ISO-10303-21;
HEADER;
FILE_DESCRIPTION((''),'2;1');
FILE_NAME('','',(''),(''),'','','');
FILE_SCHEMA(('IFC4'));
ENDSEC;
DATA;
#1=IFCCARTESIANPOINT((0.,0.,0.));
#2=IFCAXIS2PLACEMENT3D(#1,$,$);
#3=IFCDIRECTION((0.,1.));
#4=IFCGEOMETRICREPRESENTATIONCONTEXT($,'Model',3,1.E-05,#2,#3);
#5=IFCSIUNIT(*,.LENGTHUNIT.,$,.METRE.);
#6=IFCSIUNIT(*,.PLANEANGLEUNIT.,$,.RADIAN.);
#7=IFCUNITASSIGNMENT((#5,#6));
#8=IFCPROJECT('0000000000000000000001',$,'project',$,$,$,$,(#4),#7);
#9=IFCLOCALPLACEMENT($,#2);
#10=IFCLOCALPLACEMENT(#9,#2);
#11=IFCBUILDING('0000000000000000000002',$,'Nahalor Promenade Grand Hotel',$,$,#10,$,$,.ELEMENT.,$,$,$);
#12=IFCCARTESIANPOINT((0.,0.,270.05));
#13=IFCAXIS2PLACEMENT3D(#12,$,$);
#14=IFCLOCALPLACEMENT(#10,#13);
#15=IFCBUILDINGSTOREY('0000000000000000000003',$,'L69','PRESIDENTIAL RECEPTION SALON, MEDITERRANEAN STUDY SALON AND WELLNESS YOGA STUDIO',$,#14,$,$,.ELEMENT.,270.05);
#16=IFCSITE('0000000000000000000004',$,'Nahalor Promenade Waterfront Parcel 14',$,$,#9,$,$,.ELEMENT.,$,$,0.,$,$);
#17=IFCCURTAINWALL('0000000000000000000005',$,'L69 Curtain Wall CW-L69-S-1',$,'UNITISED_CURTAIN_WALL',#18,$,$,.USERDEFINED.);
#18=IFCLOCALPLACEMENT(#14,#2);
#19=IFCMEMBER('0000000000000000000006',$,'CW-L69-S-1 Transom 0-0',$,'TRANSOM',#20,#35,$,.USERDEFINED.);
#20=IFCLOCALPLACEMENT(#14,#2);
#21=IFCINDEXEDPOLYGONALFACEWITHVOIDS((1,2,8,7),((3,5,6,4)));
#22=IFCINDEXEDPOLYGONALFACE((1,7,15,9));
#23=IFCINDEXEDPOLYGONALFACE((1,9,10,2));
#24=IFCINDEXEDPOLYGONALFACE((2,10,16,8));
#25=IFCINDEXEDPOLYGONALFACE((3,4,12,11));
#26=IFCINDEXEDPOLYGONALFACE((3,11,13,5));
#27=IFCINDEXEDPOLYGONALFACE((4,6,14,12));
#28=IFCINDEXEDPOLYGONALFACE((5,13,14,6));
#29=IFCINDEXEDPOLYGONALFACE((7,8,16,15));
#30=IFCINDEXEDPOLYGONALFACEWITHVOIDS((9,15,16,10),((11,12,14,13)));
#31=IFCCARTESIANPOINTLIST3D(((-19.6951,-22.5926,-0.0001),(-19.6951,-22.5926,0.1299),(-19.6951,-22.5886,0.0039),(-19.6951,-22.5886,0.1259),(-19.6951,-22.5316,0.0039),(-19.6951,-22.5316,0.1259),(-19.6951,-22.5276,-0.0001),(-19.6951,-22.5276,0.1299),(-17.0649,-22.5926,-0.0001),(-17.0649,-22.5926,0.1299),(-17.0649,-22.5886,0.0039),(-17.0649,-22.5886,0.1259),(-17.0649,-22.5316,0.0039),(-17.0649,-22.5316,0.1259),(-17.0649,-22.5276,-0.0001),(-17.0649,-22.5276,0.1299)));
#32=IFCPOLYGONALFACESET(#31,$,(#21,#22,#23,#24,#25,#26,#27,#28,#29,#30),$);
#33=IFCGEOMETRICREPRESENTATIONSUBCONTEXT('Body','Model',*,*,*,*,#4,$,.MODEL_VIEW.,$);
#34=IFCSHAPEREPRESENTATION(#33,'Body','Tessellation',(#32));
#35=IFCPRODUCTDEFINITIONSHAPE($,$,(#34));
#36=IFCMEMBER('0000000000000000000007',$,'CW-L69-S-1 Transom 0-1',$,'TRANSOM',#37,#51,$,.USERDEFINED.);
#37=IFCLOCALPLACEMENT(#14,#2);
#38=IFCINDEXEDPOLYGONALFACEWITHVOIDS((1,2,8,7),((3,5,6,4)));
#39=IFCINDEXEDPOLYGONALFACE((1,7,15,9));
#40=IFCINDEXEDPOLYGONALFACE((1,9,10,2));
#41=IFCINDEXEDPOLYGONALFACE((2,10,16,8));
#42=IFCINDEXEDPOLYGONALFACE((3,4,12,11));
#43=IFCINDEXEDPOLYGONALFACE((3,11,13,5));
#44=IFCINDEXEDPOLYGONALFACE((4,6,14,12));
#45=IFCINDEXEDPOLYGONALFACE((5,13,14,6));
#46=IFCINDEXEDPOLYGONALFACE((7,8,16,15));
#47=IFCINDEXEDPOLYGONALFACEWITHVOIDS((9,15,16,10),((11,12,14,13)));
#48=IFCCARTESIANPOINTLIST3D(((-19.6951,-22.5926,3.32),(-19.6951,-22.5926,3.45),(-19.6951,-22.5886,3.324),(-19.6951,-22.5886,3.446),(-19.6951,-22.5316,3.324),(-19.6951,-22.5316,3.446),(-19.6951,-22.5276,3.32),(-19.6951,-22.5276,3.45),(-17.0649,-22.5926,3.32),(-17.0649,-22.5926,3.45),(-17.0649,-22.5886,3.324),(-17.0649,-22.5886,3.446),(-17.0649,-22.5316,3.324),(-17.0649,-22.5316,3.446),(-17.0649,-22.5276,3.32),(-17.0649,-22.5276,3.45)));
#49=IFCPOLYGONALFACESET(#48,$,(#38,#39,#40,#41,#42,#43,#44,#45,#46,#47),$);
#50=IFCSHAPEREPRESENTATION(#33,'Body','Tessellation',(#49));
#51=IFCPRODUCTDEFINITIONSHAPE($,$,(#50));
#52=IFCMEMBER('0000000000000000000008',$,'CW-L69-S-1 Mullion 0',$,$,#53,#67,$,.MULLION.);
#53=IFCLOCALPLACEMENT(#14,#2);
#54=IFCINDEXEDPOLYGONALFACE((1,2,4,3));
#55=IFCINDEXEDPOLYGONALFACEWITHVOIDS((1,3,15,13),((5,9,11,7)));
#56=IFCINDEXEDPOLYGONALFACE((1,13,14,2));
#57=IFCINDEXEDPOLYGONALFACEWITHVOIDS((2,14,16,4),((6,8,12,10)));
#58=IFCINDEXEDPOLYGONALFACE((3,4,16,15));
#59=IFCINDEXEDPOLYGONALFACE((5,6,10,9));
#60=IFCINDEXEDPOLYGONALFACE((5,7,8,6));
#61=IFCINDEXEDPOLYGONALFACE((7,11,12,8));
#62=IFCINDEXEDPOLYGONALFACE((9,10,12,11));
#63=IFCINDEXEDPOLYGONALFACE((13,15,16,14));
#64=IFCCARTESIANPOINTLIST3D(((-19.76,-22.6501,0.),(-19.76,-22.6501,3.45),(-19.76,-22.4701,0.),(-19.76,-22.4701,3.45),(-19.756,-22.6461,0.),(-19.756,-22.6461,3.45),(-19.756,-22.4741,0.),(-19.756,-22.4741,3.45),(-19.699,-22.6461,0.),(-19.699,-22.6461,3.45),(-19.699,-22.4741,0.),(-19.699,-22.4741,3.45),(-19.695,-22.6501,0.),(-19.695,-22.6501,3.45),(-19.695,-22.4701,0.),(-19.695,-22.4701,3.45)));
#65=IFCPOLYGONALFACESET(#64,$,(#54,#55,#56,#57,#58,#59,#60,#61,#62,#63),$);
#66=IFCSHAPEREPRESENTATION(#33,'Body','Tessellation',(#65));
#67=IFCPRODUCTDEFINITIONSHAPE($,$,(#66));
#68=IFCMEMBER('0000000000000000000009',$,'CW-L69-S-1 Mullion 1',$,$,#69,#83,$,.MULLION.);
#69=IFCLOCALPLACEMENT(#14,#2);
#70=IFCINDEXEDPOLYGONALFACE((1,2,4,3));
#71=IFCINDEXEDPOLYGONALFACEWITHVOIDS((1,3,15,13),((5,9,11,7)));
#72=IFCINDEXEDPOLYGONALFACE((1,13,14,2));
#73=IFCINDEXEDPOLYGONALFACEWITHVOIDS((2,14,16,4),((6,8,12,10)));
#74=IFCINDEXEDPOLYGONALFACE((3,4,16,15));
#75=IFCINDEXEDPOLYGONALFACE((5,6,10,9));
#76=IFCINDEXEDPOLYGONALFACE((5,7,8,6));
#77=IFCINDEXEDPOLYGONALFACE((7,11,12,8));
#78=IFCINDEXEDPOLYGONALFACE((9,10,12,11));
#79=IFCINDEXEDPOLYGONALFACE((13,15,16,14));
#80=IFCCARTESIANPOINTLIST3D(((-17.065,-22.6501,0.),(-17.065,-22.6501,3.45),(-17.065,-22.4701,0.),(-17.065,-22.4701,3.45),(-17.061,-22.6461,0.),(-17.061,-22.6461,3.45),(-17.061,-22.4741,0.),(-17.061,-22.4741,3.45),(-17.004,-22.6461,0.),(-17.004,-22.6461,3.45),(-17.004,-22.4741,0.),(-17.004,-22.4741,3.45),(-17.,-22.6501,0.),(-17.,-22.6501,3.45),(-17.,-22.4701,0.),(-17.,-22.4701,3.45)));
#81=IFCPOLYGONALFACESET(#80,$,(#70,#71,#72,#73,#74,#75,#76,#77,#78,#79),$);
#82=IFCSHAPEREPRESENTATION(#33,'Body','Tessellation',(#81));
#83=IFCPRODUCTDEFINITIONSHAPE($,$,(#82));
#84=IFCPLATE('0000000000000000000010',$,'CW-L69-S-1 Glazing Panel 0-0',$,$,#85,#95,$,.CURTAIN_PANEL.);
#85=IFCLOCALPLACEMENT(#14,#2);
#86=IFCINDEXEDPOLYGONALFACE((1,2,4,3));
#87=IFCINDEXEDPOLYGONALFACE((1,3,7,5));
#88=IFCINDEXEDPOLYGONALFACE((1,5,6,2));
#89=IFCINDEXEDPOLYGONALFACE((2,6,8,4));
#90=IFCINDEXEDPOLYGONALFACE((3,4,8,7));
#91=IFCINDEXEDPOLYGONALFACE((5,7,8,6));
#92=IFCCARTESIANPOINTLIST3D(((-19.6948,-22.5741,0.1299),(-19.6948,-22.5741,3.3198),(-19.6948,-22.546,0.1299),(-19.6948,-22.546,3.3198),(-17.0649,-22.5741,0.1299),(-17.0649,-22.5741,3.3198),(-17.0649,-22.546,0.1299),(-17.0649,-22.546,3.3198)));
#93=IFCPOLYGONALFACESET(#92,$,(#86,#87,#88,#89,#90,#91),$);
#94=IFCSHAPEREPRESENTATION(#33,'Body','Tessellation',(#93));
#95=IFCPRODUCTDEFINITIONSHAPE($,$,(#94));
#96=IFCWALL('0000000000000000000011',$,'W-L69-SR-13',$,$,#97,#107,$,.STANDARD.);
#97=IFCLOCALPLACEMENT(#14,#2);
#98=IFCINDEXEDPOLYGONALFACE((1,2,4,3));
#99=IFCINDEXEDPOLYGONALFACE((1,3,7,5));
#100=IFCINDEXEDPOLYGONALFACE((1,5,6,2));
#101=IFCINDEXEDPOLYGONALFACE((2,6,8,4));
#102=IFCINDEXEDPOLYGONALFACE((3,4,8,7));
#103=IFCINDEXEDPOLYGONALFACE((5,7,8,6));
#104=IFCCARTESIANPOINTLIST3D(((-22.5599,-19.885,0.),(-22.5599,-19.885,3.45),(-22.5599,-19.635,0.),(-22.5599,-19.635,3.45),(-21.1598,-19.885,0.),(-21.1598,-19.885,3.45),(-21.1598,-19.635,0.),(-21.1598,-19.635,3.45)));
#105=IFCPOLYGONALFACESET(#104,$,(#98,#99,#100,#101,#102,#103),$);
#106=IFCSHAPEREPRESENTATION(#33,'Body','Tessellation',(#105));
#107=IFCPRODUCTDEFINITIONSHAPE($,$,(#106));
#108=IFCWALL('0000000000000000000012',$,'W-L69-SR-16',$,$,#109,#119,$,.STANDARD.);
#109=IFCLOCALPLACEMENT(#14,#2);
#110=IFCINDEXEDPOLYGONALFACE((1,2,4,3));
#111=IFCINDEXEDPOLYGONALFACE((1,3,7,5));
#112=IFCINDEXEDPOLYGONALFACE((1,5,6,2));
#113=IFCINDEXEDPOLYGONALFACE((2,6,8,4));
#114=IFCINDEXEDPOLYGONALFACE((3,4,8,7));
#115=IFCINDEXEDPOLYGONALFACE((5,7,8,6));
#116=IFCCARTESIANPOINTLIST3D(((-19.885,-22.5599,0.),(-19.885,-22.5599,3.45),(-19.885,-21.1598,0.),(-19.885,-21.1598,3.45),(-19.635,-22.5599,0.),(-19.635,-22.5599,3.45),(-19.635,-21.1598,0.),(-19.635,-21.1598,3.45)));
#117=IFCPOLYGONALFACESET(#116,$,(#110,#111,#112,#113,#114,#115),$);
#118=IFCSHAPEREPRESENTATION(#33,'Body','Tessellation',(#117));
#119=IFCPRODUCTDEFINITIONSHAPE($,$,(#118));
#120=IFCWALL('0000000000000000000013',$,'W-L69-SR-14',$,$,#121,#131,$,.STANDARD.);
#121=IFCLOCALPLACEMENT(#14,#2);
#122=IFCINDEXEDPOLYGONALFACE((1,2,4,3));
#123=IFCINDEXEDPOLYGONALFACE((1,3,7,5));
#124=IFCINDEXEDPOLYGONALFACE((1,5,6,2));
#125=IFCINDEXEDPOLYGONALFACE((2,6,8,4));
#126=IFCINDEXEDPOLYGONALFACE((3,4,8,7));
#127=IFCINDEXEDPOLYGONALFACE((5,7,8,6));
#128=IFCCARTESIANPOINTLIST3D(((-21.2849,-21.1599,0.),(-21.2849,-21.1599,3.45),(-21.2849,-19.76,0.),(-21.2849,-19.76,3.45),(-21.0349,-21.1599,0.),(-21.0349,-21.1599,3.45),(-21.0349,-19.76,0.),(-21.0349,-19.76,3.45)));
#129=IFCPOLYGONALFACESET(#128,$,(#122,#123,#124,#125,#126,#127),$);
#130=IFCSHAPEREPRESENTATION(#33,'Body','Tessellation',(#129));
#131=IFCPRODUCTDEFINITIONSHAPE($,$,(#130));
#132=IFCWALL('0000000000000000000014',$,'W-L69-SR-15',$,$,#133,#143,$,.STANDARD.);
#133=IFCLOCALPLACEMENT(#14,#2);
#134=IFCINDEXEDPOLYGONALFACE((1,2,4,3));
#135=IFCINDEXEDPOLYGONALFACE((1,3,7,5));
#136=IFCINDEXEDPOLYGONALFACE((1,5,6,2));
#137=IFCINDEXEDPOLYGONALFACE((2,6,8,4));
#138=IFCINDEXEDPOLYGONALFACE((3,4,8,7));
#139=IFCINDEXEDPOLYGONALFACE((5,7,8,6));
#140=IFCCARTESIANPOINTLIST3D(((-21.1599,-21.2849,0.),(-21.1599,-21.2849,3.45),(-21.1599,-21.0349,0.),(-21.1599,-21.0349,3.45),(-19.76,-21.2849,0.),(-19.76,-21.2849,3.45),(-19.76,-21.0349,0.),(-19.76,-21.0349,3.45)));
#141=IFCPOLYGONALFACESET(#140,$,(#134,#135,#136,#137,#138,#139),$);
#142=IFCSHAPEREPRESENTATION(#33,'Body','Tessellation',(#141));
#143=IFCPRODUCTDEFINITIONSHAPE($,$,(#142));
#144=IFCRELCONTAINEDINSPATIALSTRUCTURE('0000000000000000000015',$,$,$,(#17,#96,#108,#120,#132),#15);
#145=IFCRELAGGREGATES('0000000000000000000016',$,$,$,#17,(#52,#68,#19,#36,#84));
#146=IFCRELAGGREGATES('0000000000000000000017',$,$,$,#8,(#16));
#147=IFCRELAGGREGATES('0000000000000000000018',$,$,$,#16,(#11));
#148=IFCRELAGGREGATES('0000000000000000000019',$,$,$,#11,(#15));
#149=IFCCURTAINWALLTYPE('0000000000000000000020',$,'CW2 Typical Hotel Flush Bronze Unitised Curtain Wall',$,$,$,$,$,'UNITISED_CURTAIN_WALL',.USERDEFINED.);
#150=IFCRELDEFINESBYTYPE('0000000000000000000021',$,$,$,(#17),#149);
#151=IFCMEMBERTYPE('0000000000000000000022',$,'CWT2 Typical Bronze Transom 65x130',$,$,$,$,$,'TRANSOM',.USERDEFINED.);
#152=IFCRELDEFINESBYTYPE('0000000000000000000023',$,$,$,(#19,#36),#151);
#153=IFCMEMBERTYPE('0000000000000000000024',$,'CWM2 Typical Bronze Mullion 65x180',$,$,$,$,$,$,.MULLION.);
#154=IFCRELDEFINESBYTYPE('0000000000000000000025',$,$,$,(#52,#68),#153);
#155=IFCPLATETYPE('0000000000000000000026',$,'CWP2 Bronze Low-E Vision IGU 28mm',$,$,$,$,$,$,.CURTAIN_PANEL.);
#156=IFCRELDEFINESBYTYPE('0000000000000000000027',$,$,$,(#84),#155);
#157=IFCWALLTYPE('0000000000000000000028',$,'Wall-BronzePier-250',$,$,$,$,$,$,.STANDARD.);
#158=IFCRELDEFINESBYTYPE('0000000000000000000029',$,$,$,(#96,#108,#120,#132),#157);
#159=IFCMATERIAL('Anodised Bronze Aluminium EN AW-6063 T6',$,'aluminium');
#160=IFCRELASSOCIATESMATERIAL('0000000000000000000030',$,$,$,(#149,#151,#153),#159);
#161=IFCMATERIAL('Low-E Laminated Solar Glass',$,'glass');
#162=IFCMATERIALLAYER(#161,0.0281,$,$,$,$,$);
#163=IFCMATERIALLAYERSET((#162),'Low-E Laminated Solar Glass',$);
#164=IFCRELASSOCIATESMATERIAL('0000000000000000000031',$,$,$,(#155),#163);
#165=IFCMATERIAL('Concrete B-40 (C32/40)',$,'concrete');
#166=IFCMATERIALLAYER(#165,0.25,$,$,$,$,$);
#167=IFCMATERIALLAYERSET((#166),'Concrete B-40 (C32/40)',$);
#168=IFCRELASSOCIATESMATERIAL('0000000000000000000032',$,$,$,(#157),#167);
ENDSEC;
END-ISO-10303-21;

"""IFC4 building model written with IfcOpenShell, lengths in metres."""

from ifc_helpers import new_model, si_unit, direction, frame, frame_2d, origin, origin_2d, place, context, subcontext, project, spatial, rectangle, hollow_rectangle, extrude, source, transform, mapped, material, layer, layer_set, material_profile, profile_set, type_object, element, aggregate, save


model = new_model("IFC4")

# Units and contexts
model_context = context("Model", 3, precision=1e-05, world=origin(), true_north=direction((0.0, 1.0)))
body_context = subcontext(model_context, "Body", "Model", "MODEL_VIEW")
ifc_project = project(units=[si_unit("LENGTHUNIT", "METRE"), si_unit("PLANEANGLEUNIT", "RADIAN")], contexts=[model_context])

# Site, building, storey
site_placement = place(None, origin())
site = spatial("IfcSite", under=ifc_project, at=site_placement, Name="Nahalor Promenade Waterfront Parcel 14", CompositionType="ELEMENT", RefElevation=0.0)
building_placement = place(site_placement, origin())
building = spatial("IfcBuilding", under=site, at=building_placement, Name="Nahalor Promenade Grand Hotel", CompositionType="ELEMENT")
storey_placement = place(building_placement, frame((0.0, 0.0, 270.05)))
storey = spatial("IfcBuildingStorey", under=building, at=storey_placement, Name="L69", Description="PRESIDENTIAL RECEPTION SALON, MEDITERRANEAN STUDY SALON AND WELLNESS YOGA STUDIO", CompositionType="ELEMENT", Elevation=270.05)

# Curtain wall, members, plate
ifc_material_1 = material(Name="Anodised Bronze Aluminium EN AW-6063 T6", Category="aluminium")
curtain_wall_type = type_object("IfcCurtainWallType", Name="CW2 Typical Hotel Flush Bronze Unitised Curtain Wall", ElementType="UNITISED_CURTAIN_WALL", PredefinedType="USERDEFINED", material=ifc_material_1)
curtain_wall_placement = place(storey_placement, origin())
curtain_wall = element("IfcCurtainWall", 1, at=curtain_wall_placement, inside=storey, type_object=curtain_wall_type, Name="L69 Curtain Wall CW-L69-S-1", ObjectType="UNITISED_CURTAIN_WALL", PredefinedType="USERDEFINED")
ifc_material_profile_1 = material_profile(ifc_material_1, hollow_rectangle(XDim=0.065, YDim=0.13, WallThickness=0.004, at=origin_2d()), Name="CWT 65x130x4")
ifc_profile_set_1 = profile_set([ifc_material_profile_1], Name="Anodised Bronze Aluminium EN AW-6063 T6")
member_type_1 = type_object("IfcMemberType", Name="CWT2 Typical Bronze Transom 65x130", ElementType="TRANSOM", PredefinedType="USERDEFINED", material=ifc_profile_set_1)
shared_shape_1 = source(origin(), body_context, "Body", "SweptSolid", [
    extrude(hollow_rectangle(XDim=0.065, YDim=0.13, WallThickness=0.004, at=origin_2d()), origin(), (0.0, 0.0, 1.0), 2.6301),
])
member_1_placement = place(storey_placement, frame((-19.6951, -22.5601, 0.0649), z_axis=(1.0, 0.0, 0.0), x_axis=(0.0, 1.0, 0.0)))
member_1 = element("IfcMember", 2, at=member_1_placement, type_object=member_type_1, Name="CW-L69-S-1 Transom 0-0", ObjectType="TRANSOM", PredefinedType="USERDEFINED", context=body_context, shape_type="MappedRepresentation", body=[
    mapped(shared_shape_1, transform((0.0, 0.0, 0.0), scale=1.0)),
])
member_2_placement = place(storey_placement, frame((-19.6951, -22.5601, 3.385), z_axis=(1.0, 0.0, 0.0), x_axis=(0.0, 1.0, 0.0)))
member_2 = element("IfcMember", 3, at=member_2_placement, type_object=member_type_1, Name="CW-L69-S-1 Transom 0-1", ObjectType="TRANSOM", PredefinedType="USERDEFINED", context=body_context, shape_type="MappedRepresentation", body=[
    mapped(shared_shape_1, transform((0.0, 0.0, 0.0), scale=1.0)),
])
ifc_material_profile_2 = material_profile(ifc_material_1, hollow_rectangle(XDim=0.065, YDim=0.18, WallThickness=0.004, at=origin_2d()), Name="CWM 65x180x4")
ifc_profile_set_2 = profile_set([ifc_material_profile_2], Name="Anodised Bronze Aluminium EN AW-6063 T6")
member_type_2 = type_object("IfcMemberType", Name="CWM2 Typical Bronze Mullion 65x180", PredefinedType="MULLION", material=ifc_profile_set_2)
shared_shape_2 = source(origin(), body_context, "Body", "SweptSolid", [
    extrude(hollow_rectangle(XDim=0.065, YDim=0.18, WallThickness=0.004, at=origin_2d()), origin(), (0.0, 0.0, 1.0), 3.45),
])
member_3_placement = place(storey_placement, frame((-19.7275, -22.5601, 0.0), z_axis=(0.0, 0.0, 1.0), x_axis=(1.0, 0.0, 0.0)))
member_3 = element("IfcMember", 4, at=member_3_placement, type_object=member_type_2, Name="CW-L69-S-1 Mullion 0", PredefinedType="MULLION", context=body_context, shape_type="MappedRepresentation", body=[
    mapped(shared_shape_2, transform((0.0, 0.0, 0.0), scale=1.0)),
])
member_4_placement = place(storey_placement, frame((-17.0325, -22.5601, 0.0), z_axis=(0.0, 0.0, 1.0), x_axis=(1.0, 0.0, 0.0)))
member_4 = element("IfcMember", 5, at=member_4_placement, type_object=member_type_2, Name="CW-L69-S-1 Mullion 1", PredefinedType="MULLION", context=body_context, shape_type="MappedRepresentation", body=[
    mapped(shared_shape_2, transform((0.0, 0.0, 0.0), scale=1.0)),
])
ifc_material_2 = material(Name="Low-E Laminated Solar Glass", Category="glass")
ifc_layer_1 = layer(ifc_material_2, 0.0281)
ifc_layer_set_1 = layer_set([ifc_layer_1], Name="Low-E Laminated Solar Glass")
plate_type = type_object("IfcPlateType", Name="CWP2 Bronze Low-E Vision IGU 28mm", PredefinedType="CURTAIN_PANEL", material=ifc_layer_set_1)
shared_shape_3 = source(origin(), body_context, "Body", "SweptSolid", [
    extrude(rectangle(XDim=2.6299, YDim=0.0281, at=origin_2d()), origin(), (0.0, 0.0, 1.0), 3.1899),
])
plate_placement = place(storey_placement, frame((-18.3799, -22.5601, 0.1299), z_axis=(0.0, 0.0, 1.0), x_axis=(1.0, 0.0, 0.0)))
plate = element("IfcPlate", 6, at=plate_placement, type_object=plate_type, Name="CW-L69-S-1 Glazing Panel 0-0", PredefinedType="CURTAIN_PANEL", context=body_context, shape_type="MappedRepresentation", body=[
    mapped(shared_shape_3, transform((0.0, 0.0, 0.0), scale=1.0)),
])
aggregate(curtain_wall, [member_3, member_4, member_1, member_2, plate])

# Walls
ifc_material_3 = material(Name="Concrete B-40 (C32/40)", Category="concrete")
ifc_layer_2 = layer(ifc_material_3, 0.25)
ifc_layer_set_2 = layer_set([ifc_layer_2], Name="Concrete B-40 (C32/40)")
wall_type_1 = type_object("IfcWallType", Name="Wall-BronzePier-250", PredefinedType="STANDARD", material=ifc_layer_set_2)
shared_shape_4 = source(origin(), body_context, "Body", "SweptSolid", [
    extrude(rectangle(XDim=1.4001, YDim=0.25, at=frame_2d((0.7002, 0.0))), origin(), (0.0, 0.0, 1.0), 3.45),
])
for number, where, z_axis, x_axis, name in (
    (7, (-22.5601, -19.76, 0.0), (0.0, 0.0, 1.0), (1.0, 0.0, 0.0), "W-L69-SR-13"),
    (8, (-19.76, -22.5601, 0.0), (0.0, 0.0, 1.0), (0.0, 1.0, 0.0), "W-L69-SR-16"),
):
    element("IfcWall", number, at=place(storey_placement, frame(where, z_axis=z_axis, x_axis=x_axis)), inside=storey, type_object=wall_type_1, Name=name, PredefinedType="STANDARD", context=body_context, shape_type="MappedRepresentation", body=[
        mapped(shared_shape_4, transform((0.0, 0.0, 0.0), scale=1.0)),
    ])
shared_shape_5 = source(origin(), body_context, "Body", "SweptSolid", [
    extrude(rectangle(XDim=1.3999, YDim=0.25, at=frame_2d((0.7, 0.0))), origin(), (0.0, 0.0, 1.0), 3.45),
])
for number, where, z_axis, x_axis, name in (
    (9, (-21.1599, -21.1599, 0.0), (0.0, 0.0, 1.0), (0.0, 1.0, 0.0), "W-L69-SR-14"),
    (10, (-21.1599, -21.1599, 0.0), (0.0, 0.0, 1.0), (1.0, 0.0, 0.0), "W-L69-SR-15"),
):
    element("IfcWall", number, at=place(storey_placement, frame(where, z_axis=z_axis, x_axis=x_axis)), inside=storey, type_object=wall_type_1, Name=name, PredefinedType="STANDARD", context=body_context, shape_type="MappedRepresentation", body=[
        mapped(shared_shape_5, transform((0.0, 0.0, 0.0), scale=1.0)),
    ])

save(model, "model.ifc")
